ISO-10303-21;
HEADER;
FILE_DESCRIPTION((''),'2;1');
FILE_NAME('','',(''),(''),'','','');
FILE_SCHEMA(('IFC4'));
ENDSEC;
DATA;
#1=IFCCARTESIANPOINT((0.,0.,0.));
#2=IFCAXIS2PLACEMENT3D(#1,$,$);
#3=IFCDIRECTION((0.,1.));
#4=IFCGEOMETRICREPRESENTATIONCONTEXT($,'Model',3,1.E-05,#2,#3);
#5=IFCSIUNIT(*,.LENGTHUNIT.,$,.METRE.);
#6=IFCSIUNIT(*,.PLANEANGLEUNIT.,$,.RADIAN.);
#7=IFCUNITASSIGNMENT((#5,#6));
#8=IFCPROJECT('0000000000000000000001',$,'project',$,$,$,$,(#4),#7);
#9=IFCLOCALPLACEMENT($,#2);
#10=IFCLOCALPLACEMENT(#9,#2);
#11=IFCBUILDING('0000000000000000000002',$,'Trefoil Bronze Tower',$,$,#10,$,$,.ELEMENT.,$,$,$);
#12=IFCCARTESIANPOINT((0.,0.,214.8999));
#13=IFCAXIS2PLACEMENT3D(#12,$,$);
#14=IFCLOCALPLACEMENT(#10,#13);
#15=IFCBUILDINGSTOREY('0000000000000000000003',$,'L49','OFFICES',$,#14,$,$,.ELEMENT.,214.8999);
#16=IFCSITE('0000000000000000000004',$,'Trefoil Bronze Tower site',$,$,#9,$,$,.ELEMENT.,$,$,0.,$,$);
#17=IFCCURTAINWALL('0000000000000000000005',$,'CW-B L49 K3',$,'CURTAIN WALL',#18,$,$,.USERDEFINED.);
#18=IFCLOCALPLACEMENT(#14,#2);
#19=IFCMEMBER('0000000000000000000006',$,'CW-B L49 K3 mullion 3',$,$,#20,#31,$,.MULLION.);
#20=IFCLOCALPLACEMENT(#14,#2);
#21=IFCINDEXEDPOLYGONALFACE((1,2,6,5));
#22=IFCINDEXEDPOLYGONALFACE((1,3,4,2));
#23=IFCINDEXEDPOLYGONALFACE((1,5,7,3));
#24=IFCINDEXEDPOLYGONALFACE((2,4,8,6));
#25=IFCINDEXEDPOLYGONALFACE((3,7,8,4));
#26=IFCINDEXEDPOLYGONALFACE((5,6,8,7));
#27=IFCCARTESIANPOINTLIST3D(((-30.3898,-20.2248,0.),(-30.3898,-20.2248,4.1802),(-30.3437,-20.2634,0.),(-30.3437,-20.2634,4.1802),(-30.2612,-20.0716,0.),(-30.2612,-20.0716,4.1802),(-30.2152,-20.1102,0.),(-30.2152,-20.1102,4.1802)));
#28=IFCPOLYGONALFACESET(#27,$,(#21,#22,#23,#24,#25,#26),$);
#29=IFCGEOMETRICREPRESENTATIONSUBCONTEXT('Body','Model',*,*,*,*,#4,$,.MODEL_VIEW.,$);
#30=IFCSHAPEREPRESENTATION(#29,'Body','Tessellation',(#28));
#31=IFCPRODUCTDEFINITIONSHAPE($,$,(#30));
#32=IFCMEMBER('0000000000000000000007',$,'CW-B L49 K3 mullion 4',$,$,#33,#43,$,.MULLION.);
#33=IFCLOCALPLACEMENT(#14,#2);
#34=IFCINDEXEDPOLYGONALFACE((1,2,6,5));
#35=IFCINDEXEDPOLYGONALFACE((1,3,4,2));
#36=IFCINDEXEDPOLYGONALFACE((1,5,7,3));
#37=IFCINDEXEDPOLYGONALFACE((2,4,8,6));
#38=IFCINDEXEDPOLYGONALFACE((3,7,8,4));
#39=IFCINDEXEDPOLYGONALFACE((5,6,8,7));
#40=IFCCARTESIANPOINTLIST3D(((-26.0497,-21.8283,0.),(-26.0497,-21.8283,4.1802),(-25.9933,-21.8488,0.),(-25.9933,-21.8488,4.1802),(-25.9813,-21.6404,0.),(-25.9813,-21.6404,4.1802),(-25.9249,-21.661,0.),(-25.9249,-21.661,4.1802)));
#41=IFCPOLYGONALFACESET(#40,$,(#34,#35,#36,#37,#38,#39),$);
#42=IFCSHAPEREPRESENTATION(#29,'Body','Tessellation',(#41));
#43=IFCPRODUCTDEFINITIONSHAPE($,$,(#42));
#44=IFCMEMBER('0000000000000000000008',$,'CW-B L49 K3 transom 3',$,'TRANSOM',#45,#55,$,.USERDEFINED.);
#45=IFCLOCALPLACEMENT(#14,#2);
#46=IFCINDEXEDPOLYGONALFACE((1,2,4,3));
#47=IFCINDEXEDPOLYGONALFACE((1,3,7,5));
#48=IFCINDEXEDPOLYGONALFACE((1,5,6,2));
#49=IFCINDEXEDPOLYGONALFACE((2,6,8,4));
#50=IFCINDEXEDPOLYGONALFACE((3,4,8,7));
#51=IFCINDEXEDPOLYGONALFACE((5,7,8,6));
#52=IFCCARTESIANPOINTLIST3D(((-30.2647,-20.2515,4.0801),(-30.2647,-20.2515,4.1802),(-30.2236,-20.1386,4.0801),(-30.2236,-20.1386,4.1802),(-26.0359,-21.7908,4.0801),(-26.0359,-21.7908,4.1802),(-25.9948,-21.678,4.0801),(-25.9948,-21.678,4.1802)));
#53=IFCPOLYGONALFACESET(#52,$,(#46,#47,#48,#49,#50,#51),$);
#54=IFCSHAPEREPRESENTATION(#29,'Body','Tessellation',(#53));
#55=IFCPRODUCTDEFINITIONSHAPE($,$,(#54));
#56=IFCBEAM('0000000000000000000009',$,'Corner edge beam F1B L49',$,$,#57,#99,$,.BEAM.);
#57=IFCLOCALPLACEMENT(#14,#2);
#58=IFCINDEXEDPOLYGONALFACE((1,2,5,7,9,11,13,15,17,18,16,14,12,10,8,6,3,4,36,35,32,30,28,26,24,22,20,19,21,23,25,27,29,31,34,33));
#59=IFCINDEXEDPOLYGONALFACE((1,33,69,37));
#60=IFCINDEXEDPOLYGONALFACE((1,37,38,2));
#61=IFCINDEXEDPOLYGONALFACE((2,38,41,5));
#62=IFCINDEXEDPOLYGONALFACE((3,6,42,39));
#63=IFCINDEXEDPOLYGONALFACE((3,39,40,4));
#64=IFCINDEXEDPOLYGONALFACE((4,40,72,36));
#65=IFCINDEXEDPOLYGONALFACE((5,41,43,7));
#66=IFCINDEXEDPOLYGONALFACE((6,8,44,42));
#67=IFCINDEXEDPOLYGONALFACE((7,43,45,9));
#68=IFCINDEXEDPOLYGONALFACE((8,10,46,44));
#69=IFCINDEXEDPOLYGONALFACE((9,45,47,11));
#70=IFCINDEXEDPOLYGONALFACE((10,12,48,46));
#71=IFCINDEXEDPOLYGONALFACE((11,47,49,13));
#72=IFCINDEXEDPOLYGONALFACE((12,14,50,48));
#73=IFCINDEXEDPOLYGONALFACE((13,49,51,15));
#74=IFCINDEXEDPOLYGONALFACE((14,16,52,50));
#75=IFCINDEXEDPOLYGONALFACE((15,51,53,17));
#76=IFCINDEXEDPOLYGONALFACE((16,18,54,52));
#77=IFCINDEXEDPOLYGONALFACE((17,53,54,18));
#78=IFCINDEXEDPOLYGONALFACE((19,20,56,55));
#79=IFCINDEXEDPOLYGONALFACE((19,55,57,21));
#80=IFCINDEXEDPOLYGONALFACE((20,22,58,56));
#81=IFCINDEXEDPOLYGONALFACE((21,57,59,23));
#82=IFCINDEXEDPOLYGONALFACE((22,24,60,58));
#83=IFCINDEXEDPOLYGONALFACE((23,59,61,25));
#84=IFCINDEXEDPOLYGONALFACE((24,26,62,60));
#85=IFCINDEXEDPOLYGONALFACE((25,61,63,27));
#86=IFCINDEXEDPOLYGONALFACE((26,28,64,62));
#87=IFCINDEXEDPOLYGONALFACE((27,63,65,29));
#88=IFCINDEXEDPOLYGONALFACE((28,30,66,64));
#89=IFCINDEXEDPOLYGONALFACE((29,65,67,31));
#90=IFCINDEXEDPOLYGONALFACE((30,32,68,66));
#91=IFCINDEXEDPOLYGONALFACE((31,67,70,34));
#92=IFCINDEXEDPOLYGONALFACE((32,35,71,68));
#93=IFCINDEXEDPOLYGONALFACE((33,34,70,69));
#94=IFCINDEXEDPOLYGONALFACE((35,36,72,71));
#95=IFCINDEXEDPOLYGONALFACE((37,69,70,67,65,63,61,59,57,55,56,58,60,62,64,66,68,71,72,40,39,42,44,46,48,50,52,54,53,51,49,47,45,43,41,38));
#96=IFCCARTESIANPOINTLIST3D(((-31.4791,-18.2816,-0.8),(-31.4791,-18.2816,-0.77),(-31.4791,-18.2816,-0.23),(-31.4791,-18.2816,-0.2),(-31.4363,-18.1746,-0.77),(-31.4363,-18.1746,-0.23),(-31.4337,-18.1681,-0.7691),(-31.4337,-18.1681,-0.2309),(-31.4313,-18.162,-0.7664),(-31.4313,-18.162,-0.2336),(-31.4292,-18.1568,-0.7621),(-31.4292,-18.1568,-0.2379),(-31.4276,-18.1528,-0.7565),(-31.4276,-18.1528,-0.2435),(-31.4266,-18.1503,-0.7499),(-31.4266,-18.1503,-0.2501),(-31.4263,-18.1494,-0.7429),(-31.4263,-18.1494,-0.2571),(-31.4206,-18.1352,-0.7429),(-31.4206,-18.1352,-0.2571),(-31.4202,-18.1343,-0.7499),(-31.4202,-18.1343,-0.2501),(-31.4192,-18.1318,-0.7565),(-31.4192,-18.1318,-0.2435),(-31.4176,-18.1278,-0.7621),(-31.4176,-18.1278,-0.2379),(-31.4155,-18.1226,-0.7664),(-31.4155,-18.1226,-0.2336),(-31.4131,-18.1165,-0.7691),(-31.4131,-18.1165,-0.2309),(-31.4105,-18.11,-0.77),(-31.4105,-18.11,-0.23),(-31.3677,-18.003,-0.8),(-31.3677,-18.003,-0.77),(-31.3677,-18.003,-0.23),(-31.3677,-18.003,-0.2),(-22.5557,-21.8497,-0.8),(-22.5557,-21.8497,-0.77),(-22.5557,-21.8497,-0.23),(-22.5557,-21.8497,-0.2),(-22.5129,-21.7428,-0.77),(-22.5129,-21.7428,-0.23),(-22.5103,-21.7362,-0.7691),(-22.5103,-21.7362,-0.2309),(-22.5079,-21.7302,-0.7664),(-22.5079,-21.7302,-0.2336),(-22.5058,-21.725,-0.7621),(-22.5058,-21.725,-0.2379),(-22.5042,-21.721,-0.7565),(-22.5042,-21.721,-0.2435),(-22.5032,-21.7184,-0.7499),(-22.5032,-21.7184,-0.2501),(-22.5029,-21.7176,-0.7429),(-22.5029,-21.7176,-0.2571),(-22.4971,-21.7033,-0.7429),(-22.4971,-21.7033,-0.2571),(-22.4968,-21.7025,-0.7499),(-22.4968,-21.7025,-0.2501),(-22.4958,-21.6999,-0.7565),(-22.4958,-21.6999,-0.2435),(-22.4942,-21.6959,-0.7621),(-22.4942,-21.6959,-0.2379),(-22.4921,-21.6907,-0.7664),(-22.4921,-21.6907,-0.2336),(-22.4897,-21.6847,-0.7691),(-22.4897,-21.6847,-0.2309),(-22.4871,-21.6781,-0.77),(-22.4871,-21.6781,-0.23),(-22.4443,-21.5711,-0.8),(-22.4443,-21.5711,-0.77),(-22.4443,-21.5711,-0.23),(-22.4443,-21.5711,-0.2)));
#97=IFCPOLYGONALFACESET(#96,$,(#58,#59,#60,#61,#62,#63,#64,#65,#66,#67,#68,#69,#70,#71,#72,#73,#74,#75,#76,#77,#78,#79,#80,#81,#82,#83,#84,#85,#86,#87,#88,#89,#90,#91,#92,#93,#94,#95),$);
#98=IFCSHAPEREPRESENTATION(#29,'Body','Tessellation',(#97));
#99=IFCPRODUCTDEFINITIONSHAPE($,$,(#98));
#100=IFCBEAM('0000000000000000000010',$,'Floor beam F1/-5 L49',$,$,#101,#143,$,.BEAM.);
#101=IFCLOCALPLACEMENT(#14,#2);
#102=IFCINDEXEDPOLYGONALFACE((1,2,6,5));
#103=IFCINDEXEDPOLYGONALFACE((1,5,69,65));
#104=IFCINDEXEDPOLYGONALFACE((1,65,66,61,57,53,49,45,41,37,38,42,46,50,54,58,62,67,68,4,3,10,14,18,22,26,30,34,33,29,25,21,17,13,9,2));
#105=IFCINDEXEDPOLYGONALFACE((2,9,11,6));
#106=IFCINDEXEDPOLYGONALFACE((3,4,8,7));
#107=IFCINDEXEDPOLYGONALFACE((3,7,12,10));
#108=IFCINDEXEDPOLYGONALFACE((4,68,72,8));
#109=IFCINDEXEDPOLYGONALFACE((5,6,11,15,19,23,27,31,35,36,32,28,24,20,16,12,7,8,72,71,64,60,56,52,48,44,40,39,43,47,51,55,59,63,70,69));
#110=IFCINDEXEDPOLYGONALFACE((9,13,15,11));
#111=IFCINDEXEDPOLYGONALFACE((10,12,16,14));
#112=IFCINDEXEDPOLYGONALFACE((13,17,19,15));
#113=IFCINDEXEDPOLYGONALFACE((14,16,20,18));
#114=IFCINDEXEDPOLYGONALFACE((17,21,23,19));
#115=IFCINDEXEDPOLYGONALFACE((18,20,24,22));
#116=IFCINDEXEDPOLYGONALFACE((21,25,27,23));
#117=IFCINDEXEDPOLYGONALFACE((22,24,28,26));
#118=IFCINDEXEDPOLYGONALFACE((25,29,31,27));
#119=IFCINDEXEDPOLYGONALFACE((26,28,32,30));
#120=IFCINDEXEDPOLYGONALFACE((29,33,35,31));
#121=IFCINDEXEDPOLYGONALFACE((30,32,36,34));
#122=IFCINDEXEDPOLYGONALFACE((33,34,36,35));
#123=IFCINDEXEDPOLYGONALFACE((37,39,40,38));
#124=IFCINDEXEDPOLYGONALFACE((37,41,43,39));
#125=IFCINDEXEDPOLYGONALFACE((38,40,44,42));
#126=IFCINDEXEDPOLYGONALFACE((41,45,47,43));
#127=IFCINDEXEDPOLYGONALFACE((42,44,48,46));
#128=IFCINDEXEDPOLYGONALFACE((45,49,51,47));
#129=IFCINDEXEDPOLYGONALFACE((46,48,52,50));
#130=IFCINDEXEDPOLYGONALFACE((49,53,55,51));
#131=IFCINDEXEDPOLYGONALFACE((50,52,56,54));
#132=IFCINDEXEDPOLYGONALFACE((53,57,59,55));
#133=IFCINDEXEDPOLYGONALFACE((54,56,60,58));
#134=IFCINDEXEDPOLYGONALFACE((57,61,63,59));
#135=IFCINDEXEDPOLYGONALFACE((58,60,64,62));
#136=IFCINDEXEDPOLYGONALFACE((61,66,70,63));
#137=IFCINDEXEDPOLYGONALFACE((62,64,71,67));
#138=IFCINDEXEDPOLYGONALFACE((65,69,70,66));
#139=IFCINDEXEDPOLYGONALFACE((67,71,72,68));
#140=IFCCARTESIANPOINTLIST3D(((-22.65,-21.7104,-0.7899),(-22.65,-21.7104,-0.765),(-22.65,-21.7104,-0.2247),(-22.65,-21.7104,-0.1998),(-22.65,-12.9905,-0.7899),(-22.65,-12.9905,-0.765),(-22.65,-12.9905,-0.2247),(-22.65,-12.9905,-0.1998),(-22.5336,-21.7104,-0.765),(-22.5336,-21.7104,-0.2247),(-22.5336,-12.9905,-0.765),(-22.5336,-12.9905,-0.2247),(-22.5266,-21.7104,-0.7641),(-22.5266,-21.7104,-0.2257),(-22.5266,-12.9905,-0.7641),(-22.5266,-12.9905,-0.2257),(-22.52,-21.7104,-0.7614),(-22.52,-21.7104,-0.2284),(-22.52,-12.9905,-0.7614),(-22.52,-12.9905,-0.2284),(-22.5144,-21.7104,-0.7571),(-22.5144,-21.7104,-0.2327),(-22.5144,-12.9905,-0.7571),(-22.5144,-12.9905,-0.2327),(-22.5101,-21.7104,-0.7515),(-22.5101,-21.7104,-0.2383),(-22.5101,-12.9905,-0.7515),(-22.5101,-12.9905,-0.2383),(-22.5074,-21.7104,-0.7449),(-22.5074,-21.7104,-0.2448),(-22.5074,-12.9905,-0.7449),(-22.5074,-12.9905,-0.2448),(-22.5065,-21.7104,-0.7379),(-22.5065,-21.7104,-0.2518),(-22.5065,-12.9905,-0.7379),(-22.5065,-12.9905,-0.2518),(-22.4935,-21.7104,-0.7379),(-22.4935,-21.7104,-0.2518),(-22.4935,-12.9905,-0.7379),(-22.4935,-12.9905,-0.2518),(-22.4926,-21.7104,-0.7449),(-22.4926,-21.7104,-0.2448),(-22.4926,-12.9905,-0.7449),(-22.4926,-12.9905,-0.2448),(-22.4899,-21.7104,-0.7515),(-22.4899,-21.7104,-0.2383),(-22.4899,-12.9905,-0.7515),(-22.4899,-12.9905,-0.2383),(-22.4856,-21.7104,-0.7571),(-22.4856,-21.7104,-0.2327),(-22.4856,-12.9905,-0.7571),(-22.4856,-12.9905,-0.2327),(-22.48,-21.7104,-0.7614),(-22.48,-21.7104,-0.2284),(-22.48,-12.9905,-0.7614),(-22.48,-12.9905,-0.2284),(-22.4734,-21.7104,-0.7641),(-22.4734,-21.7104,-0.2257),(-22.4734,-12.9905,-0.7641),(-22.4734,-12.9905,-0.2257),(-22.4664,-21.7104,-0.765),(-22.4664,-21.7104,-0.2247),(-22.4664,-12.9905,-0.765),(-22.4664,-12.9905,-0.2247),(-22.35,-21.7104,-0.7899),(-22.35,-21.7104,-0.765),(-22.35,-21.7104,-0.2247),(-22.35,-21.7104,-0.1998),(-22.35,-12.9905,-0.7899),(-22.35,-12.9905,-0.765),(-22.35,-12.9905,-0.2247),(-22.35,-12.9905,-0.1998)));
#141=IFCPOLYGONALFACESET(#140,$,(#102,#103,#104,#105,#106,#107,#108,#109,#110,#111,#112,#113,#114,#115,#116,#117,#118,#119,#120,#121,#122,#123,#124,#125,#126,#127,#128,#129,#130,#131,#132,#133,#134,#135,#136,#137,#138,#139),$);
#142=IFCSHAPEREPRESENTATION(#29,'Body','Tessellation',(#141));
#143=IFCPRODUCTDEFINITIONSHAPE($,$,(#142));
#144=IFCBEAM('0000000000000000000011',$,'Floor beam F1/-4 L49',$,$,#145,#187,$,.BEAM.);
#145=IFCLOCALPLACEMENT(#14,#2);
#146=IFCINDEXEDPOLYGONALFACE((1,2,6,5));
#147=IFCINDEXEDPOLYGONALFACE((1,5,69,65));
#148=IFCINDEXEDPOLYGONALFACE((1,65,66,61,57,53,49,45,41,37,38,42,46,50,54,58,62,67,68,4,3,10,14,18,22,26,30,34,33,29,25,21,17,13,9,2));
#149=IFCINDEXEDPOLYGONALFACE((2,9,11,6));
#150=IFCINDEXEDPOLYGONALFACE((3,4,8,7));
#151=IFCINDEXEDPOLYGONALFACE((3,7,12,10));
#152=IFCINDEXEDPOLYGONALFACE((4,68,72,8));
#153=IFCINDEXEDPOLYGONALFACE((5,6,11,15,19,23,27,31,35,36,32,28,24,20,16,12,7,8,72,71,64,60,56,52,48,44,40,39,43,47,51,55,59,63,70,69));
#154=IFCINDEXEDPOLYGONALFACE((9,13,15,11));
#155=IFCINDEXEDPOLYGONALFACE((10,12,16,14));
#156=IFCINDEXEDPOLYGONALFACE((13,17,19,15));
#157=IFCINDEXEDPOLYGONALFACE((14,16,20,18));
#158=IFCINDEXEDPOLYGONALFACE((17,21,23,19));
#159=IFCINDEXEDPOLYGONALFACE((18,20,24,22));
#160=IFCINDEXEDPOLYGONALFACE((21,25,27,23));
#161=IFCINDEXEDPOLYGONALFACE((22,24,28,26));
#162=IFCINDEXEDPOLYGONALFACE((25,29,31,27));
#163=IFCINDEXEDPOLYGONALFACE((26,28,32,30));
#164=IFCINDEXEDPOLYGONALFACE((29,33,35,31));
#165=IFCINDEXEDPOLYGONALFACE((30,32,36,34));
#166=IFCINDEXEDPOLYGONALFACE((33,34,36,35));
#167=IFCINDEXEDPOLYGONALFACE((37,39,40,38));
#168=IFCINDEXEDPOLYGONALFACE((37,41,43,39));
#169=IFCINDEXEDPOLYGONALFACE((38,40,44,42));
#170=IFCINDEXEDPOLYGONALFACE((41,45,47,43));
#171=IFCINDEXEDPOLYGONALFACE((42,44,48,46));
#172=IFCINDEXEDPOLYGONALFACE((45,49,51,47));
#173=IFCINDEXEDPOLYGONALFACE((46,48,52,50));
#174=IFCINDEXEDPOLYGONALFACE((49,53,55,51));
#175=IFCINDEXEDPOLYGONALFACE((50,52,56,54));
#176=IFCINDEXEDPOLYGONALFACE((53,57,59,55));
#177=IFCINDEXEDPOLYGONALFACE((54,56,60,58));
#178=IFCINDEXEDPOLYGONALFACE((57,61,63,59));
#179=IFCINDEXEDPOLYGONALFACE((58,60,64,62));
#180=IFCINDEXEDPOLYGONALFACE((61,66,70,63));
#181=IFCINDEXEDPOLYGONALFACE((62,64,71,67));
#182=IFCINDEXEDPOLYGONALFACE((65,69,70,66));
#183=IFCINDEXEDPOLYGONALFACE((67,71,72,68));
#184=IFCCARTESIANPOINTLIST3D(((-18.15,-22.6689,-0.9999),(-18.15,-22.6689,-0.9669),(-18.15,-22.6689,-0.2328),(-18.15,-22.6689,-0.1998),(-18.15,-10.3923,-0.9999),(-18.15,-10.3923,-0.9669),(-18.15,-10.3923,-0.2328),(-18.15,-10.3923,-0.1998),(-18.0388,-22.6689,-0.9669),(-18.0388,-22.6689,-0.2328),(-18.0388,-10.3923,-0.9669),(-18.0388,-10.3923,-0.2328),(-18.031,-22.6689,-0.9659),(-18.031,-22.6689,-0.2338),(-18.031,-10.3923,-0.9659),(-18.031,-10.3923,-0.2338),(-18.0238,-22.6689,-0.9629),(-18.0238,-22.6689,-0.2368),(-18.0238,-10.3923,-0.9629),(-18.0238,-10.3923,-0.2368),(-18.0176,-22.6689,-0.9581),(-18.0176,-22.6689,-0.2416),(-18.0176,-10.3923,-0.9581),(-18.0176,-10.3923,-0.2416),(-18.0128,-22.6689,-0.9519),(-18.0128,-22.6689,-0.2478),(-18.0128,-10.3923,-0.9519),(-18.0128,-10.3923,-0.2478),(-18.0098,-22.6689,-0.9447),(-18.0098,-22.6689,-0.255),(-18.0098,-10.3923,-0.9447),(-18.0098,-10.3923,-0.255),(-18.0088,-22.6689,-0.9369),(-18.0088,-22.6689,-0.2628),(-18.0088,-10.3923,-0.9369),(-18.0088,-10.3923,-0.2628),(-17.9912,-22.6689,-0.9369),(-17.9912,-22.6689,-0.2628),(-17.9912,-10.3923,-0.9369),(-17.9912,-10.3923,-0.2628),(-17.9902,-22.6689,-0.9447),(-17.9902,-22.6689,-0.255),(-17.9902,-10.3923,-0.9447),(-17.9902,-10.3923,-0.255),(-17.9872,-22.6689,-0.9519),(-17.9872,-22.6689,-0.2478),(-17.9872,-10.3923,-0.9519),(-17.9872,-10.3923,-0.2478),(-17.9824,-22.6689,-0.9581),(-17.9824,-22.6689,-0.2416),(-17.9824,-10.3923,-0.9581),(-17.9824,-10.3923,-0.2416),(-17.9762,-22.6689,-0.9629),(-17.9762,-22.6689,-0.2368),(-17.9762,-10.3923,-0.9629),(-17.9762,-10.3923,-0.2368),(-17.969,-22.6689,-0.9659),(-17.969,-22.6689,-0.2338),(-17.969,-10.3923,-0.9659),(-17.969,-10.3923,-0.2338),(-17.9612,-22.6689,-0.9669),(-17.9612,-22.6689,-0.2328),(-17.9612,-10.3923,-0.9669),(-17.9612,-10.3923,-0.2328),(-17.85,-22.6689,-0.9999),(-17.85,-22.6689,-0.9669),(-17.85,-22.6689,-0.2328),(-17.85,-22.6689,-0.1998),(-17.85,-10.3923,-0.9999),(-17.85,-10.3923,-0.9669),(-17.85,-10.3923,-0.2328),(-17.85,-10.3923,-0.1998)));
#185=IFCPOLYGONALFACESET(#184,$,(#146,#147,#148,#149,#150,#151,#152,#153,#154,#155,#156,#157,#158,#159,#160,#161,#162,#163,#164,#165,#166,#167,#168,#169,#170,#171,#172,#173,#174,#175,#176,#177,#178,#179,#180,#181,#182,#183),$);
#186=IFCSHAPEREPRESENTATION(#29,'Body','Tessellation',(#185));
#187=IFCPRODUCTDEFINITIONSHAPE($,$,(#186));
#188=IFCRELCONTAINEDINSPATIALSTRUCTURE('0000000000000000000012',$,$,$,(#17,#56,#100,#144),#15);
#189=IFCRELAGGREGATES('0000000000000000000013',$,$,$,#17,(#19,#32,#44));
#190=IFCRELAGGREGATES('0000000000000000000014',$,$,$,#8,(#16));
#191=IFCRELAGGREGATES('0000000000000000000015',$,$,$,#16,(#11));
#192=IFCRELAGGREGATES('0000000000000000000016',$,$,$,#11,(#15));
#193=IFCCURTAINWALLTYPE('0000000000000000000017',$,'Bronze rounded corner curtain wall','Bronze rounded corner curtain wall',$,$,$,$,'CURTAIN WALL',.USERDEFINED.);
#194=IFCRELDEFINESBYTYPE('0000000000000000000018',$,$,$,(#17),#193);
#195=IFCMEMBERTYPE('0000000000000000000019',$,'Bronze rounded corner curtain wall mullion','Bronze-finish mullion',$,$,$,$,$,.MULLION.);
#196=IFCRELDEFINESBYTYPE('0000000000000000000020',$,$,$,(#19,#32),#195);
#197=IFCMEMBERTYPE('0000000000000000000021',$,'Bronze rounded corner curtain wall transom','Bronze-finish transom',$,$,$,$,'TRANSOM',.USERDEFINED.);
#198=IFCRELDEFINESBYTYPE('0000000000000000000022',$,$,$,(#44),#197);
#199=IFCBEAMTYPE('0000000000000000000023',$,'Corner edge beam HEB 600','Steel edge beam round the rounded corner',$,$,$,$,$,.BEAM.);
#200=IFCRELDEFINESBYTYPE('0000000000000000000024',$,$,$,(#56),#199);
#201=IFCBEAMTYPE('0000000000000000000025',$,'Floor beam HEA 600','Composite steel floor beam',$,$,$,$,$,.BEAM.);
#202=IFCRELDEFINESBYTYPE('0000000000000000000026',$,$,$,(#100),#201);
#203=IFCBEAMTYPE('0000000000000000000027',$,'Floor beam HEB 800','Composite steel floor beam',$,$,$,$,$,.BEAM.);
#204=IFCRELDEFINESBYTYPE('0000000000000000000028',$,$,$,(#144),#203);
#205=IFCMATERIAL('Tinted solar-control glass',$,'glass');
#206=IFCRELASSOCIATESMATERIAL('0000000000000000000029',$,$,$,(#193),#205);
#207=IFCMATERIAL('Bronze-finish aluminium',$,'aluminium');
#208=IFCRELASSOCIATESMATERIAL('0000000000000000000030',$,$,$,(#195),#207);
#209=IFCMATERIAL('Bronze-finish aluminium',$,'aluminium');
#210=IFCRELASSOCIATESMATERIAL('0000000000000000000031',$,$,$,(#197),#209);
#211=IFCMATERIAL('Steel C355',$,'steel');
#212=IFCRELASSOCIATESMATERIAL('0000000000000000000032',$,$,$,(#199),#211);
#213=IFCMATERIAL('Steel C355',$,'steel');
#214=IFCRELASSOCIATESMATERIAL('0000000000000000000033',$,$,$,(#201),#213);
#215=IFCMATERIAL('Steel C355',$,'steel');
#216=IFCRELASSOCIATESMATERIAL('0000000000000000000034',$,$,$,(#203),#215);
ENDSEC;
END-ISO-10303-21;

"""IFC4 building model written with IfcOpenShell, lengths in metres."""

from ifc_helpers import new_model, si_unit, direction, frame, origin, origin_2d, place, context, subcontext, project, spatial, rectangle, i_section, extrude, material, material_profile, profile_set, type_object, element, aggregate, save


model = new_model("IFC4")

# Units and contexts
model_context = context("Model", 3, precision=1e-05, world=origin(), true_north=direction((0.0, 1.0)))
body_context = subcontext(model_context, "Body", "Model", "MODEL_VIEW")
ifc_project = project(units=[si_unit("LENGTHUNIT", "METRE"), si_unit("PLANEANGLEUNIT", "RADIAN")], contexts=[model_context])

# Site, building, storey
site_placement = place(None, origin())
site = spatial("IfcSite", under=ifc_project, at=site_placement, Name="Trefoil Bronze Tower site", CompositionType="ELEMENT", RefElevation=0.0)
building_placement = place(site_placement, origin())
building = spatial("IfcBuilding", under=site, at=building_placement, Name="Trefoil Bronze Tower", CompositionType="ELEMENT")
storey_placement = place(building_placement, frame((0.0, 0.0, 214.8999)))
storey = spatial("IfcBuildingStorey", under=building, at=storey_placement, Name="L49", Description="OFFICES", CompositionType="ELEMENT", Elevation=214.8999)

# Curtain wall, members
ifc_material_1 = material(Name="Tinted solar-control glass", Category="glass")
curtain_wall_type_1 = type_object("IfcCurtainWallType", Name="Bronze rounded corner curtain wall", Description="Bronze rounded corner curtain wall", ElementType="CURTAIN WALL", PredefinedType="USERDEFINED", material=ifc_material_1)
curtain_wall_1_placement = place(storey_placement, origin())
curtain_wall_1 = element("IfcCurtainWall", 1, at=curtain_wall_1_placement, inside=storey, type_object=curtain_wall_type_1, Name="CW-B L49 K3", ObjectType="CURTAIN WALL", PredefinedType="USERDEFINED")
ifc_material_2 = material(Name="Bronze-finish aluminium", Category="aluminium")
ifc_material_profile_1 = material_profile(ifc_material_2, rectangle(XDim=0.2, YDim=0.0601, at=origin_2d()), Name="CW-B mullion")
ifc_profile_set_1 = profile_set([ifc_material_profile_1], Name="Bronze-finish aluminium")
member_type_1 = type_object("IfcMemberType", Name="Bronze rounded corner curtain wall mullion", Description="Bronze-finish mullion", PredefinedType="MULLION", material=ifc_profile_set_1)
member_1_placement = place(storey_placement, frame((-30.3025, -20.1675, 0.0), z_axis=(0.0, 0.0, 1.0), x_axis=(0.642788, 0.766044, 0.0)))
member_1 = element("IfcMember", 2, at=member_1_placement, type_object=member_type_1, Name="CW-B L49 K3 mullion 3", PredefinedType="MULLION", context=body_context, shape_type="SweptSolid", body=[
    extrude(rectangle(XDim=0.2, YDim=0.0601, at=origin_2d()), origin(), (0.0, 0.0, 1.0), 4.1802),
])
member_2_placement = place(storey_placement, frame((-25.9873, -21.7446, 0.0), z_axis=(0.0, 0.0, 1.0), x_axis=(0.34202, 0.939693, 0.0)))
member_2 = element("IfcMember", 3, at=member_2_placement, type_object=member_type_1, Name="CW-B L49 K3 mullion 4", PredefinedType="MULLION", context=body_context, shape_type="SweptSolid", body=[
    extrude(rectangle(XDim=0.2, YDim=0.0601, at=origin_2d()), origin(), (0.0, 0.0, 1.0), 4.1802),
])
ifc_material_3 = material(Name="Bronze-finish aluminium", Category="aluminium")
ifc_material_profile_2 = material_profile(ifc_material_3, rectangle(XDim=0.1201, YDim=0.1001, at=origin_2d()), Name="CW-B transom")
ifc_profile_set_2 = profile_set([ifc_material_profile_2], Name="Bronze-finish aluminium")
member_type_2 = type_object("IfcMemberType", Name="Bronze rounded corner curtain wall transom", Description="Bronze-finish transom", ElementType="TRANSOM", PredefinedType="USERDEFINED", material=ifc_profile_set_2)
member_3_placement = place(storey_placement, frame((-30.2441, -20.1951, 4.1301), z_axis=(0.939681, -0.342052, 0.0), x_axis=(0.342052, 0.939681, 0.0)))
member_3 = element("IfcMember", 4, at=member_3_placement, type_object=member_type_2, Name="CW-B L49 K3 transom 3", ObjectType="TRANSOM", PredefinedType="USERDEFINED", context=body_context, shape_type="SweptSolid", body=[
    extrude(rectangle(XDim=0.1201, YDim=0.1001, at=origin_2d()), origin(), (0.0, 0.0, 1.0), 4.5002),
])

# Beams
ifc_material_4 = material(Name="Steel C355", Category="steel")
ifc_material_profile_3 = material_profile(ifc_material_4, i_section(OverallWidth=0.3, OverallDepth=0.6001, WebThickness=0.0154, FlangeThickness=0.03, FilletRadius=0.0271, at=origin_2d()), Name="HEB 600")
ifc_profile_set_3 = profile_set([ifc_material_profile_3], Name="Steel C355")
beam_type_1 = type_object("IfcBeamType", Name="Corner edge beam HEB 600", Description="Steel edge beam round the rounded corner", PredefinedType="BEAM", material=ifc_profile_set_3)
beam_1_placement = place(storey_placement, frame((-22.5, -21.7104, -0.5), z_axis=(-0.92852, 0.371281, 0.0), x_axis=(-0.371281, -0.92852, 0.0)))
element("IfcBeam", 5, at=beam_1_placement, inside=storey, type_object=beam_type_1, Name="Corner edge beam F1B L49", PredefinedType="BEAM", context=body_context, shape_type="SweptSolid", body=[
    extrude(i_section(OverallWidth=0.3, OverallDepth=0.6001, WebThickness=0.0154, FlangeThickness=0.03, FilletRadius=0.0271, at=origin_2d()), origin(), (0.0, 0.0, 1.0), 9.6104),
])
ifc_material_5 = material(Name="Steel C355", Category="steel")
ifc_material_profile_4 = material_profile(ifc_material_5, i_section(OverallWidth=0.3, OverallDepth=0.5901, WebThickness=0.0129, FlangeThickness=0.0249, FilletRadius=0.0271, at=origin_2d()), Name="HEA 600")
ifc_profile_set_4 = profile_set([ifc_material_profile_4], Name="Steel C355")
beam_type_2 = type_object("IfcBeamType", Name="Floor beam HEA 600", Description="Composite steel floor beam", PredefinedType="BEAM", material=ifc_profile_set_4)
beam_2_placement = place(storey_placement, frame((-22.5, -21.7104, -0.4949), z_axis=(0.0, 1.0, 0.0), x_axis=(-1.0, 0.0, 0.0)))
element("IfcBeam", 6, at=beam_2_placement, inside=storey, type_object=beam_type_2, Name="Floor beam F1/-5 L49", PredefinedType="BEAM", context=body_context, shape_type="SweptSolid", body=[
    extrude(i_section(OverallWidth=0.3, OverallDepth=0.5901, WebThickness=0.0129, FlangeThickness=0.0249, FilletRadius=0.0271, at=origin_2d()), origin(), (0.0, 0.0, 1.0), 8.72),
])
ifc_material_6 = material(Name="Steel C355", Category="steel")
ifc_material_profile_5 = material_profile(ifc_material_6, i_section(OverallWidth=0.3, OverallDepth=0.8, WebThickness=0.0176, FlangeThickness=0.033, FilletRadius=0.03, at=origin_2d()), Name="HEB 800")
ifc_profile_set_5 = profile_set([ifc_material_profile_5], Name="Steel C355")
beam_type_3 = type_object("IfcBeamType", Name="Floor beam HEB 800", Description="Composite steel floor beam", PredefinedType="BEAM", material=ifc_profile_set_5)
beam_3_placement = place(storey_placement, frame((-18.0, -22.6689, -0.5999), z_axis=(0.0, 1.0, 0.0), x_axis=(-1.0, 0.0, 0.0)))
element("IfcBeam", 7, at=beam_3_placement, inside=storey, type_object=beam_type_3, Name="Floor beam F1/-4 L49", PredefinedType="BEAM", context=body_context, shape_type="SweptSolid", body=[
    extrude(i_section(OverallWidth=0.3, OverallDepth=0.8, WebThickness=0.0176, FlangeThickness=0.033, FilletRadius=0.03, at=origin_2d()), origin(), (0.0, 0.0, 1.0), 12.2766),
])

aggregate(curtain_wall_1, [member_1, member_2, member_3])

save(model, "model.ifc")
